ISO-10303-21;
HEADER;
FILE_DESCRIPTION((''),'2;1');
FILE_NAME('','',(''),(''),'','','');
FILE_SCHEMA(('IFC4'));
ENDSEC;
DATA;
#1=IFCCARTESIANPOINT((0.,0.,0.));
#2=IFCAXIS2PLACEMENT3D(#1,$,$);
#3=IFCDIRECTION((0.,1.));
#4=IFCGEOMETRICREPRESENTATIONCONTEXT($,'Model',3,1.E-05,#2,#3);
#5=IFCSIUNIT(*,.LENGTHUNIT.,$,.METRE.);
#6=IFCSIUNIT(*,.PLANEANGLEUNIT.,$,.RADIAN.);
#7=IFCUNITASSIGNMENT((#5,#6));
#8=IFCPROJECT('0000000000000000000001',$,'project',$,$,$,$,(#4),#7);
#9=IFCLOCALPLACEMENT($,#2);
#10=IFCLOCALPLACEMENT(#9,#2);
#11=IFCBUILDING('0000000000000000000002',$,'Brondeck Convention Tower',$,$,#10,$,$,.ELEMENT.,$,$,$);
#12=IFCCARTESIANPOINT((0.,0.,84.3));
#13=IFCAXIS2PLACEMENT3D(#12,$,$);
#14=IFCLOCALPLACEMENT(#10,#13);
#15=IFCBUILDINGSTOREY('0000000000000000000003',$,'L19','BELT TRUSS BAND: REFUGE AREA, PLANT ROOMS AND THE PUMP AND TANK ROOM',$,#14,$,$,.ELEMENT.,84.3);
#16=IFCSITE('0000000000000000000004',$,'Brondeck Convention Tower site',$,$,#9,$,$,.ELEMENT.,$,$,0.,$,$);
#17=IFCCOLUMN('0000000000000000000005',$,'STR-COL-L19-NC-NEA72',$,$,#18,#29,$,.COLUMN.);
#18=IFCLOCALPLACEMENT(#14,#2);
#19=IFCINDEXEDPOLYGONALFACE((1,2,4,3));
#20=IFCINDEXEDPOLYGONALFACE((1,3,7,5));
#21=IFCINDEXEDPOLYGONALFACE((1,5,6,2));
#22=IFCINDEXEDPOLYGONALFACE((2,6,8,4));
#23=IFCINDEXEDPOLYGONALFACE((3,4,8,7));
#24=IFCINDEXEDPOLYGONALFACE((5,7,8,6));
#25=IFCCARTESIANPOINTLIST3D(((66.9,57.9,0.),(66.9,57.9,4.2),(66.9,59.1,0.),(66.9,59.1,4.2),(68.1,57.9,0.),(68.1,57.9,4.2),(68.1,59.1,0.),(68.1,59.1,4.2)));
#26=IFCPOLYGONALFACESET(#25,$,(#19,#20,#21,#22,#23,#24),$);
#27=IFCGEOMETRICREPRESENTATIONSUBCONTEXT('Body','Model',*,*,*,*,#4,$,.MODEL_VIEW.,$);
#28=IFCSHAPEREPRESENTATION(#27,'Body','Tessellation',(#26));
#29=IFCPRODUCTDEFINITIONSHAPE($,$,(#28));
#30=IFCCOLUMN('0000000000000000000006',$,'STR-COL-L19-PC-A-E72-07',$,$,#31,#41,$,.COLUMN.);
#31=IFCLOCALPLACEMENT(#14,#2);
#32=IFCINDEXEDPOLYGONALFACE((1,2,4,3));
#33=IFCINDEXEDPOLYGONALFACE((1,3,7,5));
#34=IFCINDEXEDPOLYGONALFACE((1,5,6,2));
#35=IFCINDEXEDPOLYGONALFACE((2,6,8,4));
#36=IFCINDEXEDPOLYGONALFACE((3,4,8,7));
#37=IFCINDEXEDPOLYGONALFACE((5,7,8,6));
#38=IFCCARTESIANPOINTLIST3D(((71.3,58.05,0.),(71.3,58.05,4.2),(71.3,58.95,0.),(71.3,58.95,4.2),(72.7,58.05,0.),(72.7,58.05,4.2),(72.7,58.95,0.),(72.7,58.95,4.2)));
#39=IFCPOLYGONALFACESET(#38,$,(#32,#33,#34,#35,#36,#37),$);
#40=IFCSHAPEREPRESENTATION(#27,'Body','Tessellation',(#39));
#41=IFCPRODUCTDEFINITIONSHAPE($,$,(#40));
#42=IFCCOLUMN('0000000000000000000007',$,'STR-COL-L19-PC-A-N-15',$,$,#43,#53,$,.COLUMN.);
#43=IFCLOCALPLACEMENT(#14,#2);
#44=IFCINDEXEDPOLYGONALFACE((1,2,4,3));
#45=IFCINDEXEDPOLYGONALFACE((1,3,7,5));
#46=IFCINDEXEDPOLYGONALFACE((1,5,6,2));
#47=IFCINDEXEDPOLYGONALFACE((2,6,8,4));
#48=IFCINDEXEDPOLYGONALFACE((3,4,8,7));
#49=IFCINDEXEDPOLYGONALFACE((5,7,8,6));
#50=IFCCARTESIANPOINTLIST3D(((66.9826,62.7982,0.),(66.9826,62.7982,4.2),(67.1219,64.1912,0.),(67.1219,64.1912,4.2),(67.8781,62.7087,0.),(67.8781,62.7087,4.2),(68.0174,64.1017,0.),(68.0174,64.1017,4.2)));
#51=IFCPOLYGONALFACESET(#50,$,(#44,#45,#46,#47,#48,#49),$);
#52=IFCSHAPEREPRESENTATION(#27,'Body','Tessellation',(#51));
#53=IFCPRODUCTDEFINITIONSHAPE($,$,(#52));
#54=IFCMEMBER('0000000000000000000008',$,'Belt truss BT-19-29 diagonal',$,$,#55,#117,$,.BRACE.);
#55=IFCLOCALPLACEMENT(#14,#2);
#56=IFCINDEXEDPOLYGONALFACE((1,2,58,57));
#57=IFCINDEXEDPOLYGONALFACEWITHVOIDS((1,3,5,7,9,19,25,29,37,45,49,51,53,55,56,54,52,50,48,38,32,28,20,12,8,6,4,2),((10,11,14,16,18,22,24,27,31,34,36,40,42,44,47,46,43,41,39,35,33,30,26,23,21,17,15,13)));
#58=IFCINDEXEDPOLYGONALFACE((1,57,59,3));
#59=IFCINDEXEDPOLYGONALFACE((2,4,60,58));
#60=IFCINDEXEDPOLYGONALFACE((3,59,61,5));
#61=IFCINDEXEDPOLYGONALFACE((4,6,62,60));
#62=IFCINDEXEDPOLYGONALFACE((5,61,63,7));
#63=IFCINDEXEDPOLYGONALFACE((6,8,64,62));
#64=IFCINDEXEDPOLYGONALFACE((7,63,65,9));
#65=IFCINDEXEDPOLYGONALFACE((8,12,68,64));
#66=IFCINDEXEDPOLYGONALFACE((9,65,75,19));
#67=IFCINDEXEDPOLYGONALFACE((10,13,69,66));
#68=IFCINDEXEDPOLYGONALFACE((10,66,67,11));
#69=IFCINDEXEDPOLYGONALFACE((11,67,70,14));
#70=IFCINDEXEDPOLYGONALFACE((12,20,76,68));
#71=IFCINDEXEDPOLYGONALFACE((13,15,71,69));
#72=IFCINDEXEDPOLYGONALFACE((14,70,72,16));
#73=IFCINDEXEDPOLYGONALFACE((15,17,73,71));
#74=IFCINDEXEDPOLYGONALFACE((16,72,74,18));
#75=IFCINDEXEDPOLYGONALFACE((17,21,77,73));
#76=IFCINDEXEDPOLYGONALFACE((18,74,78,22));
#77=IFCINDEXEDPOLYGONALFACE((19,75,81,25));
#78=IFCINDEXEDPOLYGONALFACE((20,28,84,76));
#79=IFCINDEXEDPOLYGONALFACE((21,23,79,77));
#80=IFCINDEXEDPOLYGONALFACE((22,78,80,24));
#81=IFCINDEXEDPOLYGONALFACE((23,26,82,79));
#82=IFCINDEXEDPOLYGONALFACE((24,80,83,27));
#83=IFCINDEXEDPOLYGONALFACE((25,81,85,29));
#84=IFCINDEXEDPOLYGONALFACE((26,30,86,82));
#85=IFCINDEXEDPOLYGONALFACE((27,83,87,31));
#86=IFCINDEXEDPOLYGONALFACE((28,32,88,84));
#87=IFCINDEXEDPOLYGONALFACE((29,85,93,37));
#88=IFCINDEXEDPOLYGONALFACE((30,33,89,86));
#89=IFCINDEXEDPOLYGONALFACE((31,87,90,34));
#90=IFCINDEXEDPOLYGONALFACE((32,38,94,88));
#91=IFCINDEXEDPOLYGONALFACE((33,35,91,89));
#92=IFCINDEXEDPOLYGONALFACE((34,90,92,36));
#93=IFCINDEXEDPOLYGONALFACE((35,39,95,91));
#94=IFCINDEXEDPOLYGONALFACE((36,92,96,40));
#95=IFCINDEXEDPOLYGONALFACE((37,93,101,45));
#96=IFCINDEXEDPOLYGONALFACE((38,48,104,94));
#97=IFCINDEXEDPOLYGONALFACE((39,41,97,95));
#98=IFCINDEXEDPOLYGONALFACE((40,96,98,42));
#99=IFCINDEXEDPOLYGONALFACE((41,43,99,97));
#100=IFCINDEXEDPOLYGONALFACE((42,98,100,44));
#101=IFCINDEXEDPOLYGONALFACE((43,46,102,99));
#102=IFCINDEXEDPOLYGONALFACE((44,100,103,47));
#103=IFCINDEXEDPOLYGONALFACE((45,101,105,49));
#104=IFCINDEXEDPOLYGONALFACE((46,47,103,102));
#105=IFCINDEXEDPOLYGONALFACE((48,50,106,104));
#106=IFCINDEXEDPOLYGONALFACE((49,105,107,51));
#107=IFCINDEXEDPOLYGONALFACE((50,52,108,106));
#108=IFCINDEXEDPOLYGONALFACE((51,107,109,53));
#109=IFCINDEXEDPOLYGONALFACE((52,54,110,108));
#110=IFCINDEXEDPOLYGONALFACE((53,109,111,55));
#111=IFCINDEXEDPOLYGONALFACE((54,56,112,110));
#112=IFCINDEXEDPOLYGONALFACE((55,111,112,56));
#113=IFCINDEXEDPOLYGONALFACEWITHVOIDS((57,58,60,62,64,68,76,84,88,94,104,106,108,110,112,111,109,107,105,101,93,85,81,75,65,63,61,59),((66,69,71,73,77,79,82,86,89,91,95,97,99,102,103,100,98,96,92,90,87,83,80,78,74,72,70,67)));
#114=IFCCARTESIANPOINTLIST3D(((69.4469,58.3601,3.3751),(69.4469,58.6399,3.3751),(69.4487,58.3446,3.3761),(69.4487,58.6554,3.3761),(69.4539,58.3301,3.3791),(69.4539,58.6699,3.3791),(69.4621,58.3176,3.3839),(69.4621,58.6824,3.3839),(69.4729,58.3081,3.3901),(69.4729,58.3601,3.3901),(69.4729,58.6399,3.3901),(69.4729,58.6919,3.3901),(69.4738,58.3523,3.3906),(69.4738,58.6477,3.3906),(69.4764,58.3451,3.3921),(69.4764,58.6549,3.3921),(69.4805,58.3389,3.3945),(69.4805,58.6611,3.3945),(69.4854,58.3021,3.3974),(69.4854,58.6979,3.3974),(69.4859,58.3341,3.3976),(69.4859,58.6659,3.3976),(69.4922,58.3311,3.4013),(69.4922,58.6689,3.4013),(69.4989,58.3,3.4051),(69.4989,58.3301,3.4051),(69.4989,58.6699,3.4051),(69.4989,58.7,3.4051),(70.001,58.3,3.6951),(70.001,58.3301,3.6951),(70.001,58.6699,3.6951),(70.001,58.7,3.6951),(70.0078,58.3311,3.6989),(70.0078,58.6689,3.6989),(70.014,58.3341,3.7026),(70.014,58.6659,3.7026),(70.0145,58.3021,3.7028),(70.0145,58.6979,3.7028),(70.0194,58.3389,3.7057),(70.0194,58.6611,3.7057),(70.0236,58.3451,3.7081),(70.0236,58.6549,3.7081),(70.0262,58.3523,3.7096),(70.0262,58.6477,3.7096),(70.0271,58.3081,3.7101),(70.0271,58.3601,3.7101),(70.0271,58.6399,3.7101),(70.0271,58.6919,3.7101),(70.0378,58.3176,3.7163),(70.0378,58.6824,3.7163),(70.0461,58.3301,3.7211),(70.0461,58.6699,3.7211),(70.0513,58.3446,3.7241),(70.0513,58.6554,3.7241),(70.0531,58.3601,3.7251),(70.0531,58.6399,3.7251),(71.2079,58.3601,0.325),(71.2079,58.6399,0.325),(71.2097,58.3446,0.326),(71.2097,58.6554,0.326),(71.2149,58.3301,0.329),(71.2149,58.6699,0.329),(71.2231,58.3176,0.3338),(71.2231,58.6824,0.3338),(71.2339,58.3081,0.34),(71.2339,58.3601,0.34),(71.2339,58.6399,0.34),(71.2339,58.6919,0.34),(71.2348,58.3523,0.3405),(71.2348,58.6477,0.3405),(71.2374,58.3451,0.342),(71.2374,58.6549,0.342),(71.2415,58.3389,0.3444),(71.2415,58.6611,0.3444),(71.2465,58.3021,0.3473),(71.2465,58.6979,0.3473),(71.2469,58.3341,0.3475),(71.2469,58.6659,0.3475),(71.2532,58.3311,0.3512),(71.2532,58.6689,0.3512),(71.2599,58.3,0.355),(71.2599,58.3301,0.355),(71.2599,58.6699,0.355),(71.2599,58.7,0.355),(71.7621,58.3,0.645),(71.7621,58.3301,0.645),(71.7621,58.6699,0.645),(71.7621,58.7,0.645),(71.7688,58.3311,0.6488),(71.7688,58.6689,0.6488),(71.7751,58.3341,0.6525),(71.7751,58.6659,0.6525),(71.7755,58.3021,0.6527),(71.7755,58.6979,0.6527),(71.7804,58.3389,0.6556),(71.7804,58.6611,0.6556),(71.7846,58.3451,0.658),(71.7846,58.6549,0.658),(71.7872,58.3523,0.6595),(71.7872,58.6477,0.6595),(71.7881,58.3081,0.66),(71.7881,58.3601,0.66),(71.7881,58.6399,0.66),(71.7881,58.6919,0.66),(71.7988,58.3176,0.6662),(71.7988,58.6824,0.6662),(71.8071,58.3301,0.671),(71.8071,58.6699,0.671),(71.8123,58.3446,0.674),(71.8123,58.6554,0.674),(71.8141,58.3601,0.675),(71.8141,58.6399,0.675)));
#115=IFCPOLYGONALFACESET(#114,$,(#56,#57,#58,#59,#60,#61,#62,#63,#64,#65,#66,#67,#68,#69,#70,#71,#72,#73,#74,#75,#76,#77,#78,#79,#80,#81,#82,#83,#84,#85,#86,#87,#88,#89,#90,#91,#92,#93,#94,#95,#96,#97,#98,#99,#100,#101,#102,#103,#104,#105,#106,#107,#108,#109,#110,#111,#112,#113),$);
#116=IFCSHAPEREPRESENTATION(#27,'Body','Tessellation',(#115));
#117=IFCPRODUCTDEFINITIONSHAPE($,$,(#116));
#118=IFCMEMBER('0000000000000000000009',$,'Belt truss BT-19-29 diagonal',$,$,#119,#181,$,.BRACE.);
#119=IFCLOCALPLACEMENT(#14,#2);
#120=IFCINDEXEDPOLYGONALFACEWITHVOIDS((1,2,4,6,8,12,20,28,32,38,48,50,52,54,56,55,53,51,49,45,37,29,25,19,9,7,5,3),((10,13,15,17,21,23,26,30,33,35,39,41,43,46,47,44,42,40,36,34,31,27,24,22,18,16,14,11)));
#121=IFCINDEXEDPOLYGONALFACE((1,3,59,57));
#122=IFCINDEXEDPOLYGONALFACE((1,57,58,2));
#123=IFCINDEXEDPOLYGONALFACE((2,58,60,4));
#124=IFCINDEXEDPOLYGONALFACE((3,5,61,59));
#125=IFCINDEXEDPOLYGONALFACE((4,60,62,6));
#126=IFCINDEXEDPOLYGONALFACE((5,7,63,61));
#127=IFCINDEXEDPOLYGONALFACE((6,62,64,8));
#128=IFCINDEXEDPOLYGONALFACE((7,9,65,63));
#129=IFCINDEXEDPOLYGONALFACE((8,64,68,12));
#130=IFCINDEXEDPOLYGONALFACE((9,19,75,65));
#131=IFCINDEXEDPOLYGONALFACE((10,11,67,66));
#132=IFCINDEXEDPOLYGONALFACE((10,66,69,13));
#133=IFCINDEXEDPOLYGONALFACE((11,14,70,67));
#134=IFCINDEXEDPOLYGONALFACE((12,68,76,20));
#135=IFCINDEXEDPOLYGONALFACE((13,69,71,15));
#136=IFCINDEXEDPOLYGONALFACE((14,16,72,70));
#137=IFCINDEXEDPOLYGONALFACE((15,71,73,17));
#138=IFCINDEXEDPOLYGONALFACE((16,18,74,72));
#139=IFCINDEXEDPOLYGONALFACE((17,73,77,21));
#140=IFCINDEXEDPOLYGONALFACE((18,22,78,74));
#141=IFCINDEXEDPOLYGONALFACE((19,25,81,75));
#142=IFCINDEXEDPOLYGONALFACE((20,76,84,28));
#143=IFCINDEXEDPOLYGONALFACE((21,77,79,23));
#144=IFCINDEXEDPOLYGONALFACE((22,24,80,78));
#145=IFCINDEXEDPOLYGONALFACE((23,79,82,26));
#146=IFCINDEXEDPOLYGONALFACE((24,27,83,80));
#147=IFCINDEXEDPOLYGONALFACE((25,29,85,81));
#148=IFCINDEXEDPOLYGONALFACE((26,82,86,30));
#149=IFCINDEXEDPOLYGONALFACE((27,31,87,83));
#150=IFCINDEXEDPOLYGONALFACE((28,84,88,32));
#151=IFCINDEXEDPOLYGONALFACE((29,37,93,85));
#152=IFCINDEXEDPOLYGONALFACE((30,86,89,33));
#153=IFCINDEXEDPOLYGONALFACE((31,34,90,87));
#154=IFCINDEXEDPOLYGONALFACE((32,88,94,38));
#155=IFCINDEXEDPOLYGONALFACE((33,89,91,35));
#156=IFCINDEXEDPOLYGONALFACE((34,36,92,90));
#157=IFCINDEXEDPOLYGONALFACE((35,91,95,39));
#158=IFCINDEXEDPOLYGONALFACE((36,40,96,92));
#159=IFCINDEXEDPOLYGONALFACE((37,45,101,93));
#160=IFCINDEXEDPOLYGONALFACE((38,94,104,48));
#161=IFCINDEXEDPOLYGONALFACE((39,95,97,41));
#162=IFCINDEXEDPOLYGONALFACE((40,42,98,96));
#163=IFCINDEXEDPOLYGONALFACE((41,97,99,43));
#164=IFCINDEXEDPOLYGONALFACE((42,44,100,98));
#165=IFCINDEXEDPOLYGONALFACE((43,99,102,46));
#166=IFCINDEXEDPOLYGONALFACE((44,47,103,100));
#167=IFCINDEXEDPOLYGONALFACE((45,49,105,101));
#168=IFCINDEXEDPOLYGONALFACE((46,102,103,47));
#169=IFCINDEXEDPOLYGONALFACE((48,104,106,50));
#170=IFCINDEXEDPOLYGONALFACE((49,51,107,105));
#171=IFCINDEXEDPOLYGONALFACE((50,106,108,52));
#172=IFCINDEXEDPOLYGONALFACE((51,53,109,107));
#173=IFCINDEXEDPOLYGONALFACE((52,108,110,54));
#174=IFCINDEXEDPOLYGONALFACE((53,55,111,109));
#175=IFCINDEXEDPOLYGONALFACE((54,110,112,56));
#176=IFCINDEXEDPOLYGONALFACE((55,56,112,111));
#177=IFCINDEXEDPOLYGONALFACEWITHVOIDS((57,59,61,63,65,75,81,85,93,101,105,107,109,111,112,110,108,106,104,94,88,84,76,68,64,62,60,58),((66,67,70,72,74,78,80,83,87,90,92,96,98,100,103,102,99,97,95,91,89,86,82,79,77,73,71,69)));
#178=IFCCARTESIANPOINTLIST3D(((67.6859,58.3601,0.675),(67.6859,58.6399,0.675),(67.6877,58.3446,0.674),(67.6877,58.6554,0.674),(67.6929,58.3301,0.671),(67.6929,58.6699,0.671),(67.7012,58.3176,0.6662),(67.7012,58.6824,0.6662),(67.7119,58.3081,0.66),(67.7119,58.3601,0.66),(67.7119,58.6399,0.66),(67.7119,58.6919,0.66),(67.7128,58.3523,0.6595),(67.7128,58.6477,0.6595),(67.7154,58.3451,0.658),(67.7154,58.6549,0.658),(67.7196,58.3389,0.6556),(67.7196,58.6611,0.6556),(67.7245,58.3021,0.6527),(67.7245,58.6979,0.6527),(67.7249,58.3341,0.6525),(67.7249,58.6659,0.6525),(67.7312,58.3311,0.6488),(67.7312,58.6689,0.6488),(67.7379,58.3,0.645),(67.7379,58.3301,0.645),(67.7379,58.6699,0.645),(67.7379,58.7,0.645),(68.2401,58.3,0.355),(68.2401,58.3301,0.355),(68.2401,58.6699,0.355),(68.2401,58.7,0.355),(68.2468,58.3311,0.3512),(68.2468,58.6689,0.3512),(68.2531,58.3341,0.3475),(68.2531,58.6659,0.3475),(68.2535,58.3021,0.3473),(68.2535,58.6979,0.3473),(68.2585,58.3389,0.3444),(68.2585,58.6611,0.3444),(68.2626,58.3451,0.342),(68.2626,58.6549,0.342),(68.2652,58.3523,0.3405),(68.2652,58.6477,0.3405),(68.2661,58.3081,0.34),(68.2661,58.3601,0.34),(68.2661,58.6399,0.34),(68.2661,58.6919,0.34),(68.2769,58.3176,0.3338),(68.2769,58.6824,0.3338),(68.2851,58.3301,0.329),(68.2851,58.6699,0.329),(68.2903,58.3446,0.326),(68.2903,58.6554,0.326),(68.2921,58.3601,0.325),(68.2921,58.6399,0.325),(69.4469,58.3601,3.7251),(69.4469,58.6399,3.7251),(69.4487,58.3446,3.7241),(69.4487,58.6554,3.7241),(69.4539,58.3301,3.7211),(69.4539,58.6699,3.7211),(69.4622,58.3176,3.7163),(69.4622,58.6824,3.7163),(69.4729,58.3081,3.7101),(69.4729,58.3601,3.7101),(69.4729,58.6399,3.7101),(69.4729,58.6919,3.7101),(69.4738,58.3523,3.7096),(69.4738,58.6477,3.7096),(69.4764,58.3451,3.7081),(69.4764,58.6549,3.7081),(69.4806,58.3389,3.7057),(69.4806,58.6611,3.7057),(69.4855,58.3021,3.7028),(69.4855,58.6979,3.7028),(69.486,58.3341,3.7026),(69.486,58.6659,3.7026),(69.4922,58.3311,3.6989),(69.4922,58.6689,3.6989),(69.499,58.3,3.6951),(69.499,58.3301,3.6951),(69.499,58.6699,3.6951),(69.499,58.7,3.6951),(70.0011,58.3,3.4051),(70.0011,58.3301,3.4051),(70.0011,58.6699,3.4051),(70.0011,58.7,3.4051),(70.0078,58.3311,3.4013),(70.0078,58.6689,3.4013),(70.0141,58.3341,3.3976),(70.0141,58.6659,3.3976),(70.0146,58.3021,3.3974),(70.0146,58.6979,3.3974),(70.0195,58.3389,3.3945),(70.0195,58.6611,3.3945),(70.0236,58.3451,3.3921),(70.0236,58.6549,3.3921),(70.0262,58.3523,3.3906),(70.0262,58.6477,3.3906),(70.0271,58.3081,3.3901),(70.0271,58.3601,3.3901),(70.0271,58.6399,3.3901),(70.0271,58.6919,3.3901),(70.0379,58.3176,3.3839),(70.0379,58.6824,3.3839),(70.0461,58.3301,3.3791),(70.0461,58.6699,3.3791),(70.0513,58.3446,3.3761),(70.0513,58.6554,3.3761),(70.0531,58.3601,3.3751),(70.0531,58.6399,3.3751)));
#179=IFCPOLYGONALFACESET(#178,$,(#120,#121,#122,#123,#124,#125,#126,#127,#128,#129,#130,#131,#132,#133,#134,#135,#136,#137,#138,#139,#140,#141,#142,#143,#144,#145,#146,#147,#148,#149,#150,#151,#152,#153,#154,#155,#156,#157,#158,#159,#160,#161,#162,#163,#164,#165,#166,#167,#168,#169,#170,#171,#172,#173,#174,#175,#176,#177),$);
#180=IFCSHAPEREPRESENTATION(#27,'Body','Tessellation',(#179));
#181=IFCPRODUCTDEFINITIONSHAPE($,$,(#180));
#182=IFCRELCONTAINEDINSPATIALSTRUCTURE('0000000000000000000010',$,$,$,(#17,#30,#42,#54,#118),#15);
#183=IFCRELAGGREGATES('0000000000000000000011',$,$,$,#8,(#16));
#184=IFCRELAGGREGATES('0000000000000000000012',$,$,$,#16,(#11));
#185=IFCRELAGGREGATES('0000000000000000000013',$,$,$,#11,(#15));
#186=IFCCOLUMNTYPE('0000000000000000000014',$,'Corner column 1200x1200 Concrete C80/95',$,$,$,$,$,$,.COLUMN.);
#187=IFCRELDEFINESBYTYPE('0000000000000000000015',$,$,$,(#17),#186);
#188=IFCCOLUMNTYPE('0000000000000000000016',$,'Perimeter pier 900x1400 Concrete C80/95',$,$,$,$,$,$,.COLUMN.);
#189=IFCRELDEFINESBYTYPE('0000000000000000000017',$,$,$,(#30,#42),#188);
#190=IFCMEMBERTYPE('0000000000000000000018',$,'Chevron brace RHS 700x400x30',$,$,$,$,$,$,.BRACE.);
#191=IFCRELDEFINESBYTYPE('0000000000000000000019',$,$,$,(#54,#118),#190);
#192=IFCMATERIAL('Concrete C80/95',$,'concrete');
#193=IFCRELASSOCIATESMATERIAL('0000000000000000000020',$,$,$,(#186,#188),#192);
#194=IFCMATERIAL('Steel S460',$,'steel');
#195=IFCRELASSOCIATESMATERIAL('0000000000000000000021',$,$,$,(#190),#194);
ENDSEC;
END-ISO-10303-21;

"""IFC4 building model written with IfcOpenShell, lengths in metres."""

from ifc_helpers import new_model, si_unit, direction, frame, origin, origin_2d, place, context, subcontext, project, spatial, rectangle, hollow_rectangle, extrude, material, material_profile, profile_set, type_object, element, save


model = new_model("IFC4")

# Units and contexts
model_context = context("Model", 3, precision=1e-05, world=origin(), true_north=direction((0.0, 1.0)))
body_context = subcontext(model_context, "Body", "Model", "MODEL_VIEW")
ifc_project = project(units=[si_unit("LENGTHUNIT", "METRE"), si_unit("PLANEANGLEUNIT", "RADIAN")], contexts=[model_context])

# Site, building, storey
site_placement = place(None, origin())
site = spatial("IfcSite", under=ifc_project, at=site_placement, Name="Brondeck Convention Tower site", CompositionType="ELEMENT", RefElevation=0.0)
building_placement = place(site_placement, origin())
building = spatial("IfcBuilding", under=site, at=building_placement, Name="Brondeck Convention Tower", CompositionType="ELEMENT")
storey_placement = place(building_placement, frame((0.0, 0.0, 84.3)))
storey = spatial("IfcBuildingStorey", under=building, at=storey_placement, Name="L19", Description="BELT TRUSS BAND: REFUGE AREA, PLANT ROOMS AND THE PUMP AND TANK ROOM", CompositionType="ELEMENT", Elevation=84.3)

# Columns
ifc_material_1 = material(Name="Concrete C80/95", Category="concrete")
ifc_material_profile_1 = material_profile(ifc_material_1, rectangle(XDim=1.2, YDim=1.2, at=origin_2d()), Name="Corner column 1200x1200 Concrete C80/95")
ifc_profile_set_1 = profile_set([ifc_material_profile_1], Name="Concrete C80/95")
column_type_1 = type_object("IfcColumnType", Name="Corner column 1200x1200 Concrete C80/95", PredefinedType="COLUMN", material=ifc_profile_set_1)
column_placement = place(storey_placement, frame((67.5, 58.5, 0.0), z_axis=(0.0, 0.0, 1.0), x_axis=(1.0, 0.0, 0.0)))
element("IfcColumn", 1, at=column_placement, inside=storey, type_object=column_type_1, Name="STR-COL-L19-NC-NEA72", PredefinedType="COLUMN", context=body_context, shape_type="SweptSolid", body=[
    extrude(rectangle(XDim=1.2, YDim=1.2, at=origin_2d()), origin(), (0.0, 0.0, 1.0), 4.2),
])
ifc_material_profile_2 = material_profile(ifc_material_1, rectangle(XDim=0.8999, YDim=1.3999, at=origin_2d()), Name="Perimeter pier 900x1400 Concrete C80/95")
ifc_profile_set_2 = profile_set([ifc_material_profile_2], Name="Concrete C80/95")
column_type_2 = type_object("IfcColumnType", Name="Perimeter pier 900x1400 Concrete C80/95", PredefinedType="COLUMN", material=ifc_profile_set_2)
for number, where, z_axis, x_axis, name in (
    (2, (72.0, 58.5, 0.0), (0.0, 0.0, 1.0), (0.0, 1.0, 0.0), "STR-COL-L19-PC-A-E72-07"),
    (3, (67.5, 63.45, 0.0), (0.0, 0.0, 1.0), (-0.995037, 0.099504, 0.0), "STR-COL-L19-PC-A-N-15"),
):
    element("IfcColumn", number, at=place(storey_placement, frame(where, z_axis=z_axis, x_axis=x_axis)), inside=storey, type_object=column_type_2, Name=name, PredefinedType="COLUMN", context=body_context, shape_type="SweptSolid", body=[
        extrude(rectangle(XDim=0.8999, YDim=1.3999, at=origin_2d()), origin(), (0.0, 0.0, 1.0), 4.2),
    ])

# Members
ifc_material_2 = material(Name="Steel S460", Category="steel")
ifc_material_profile_3 = material_profile(ifc_material_2, hollow_rectangle(XDim=0.3999, YDim=0.7, WallThickness=0.03, InnerFilletRadius=0.03, OuterFilletRadius=0.0601, at=origin_2d()), Name="RHS 700x400x30")
ifc_profile_set_3 = profile_set([ifc_material_profile_3], Name="Steel S460")
member_type_1 = type_object("IfcMemberType", Name="Chevron brace RHS 700x400x30", PredefinedType="BRACE", material=ifc_profile_set_3)
for number, where, z_axis, x_axis, name in (
    (4, (71.511, 58.5, 0.5), (-0.500008, 0.0, 0.866021), (0.0, -1.0, 0.0), "Belt truss BT-19-29 diagonal"),
    (5, (67.989, 58.5, 0.5), (0.500008, 0.0, 0.866021), (0.0, 1.0, 0.0), "Belt truss BT-19-29 diagonal"),
):
    element("IfcMember", number, at=place(storey_placement, frame(where, z_axis=z_axis, x_axis=x_axis)), inside=storey, type_object=member_type_1, Name=name, PredefinedType="BRACE", context=body_context, shape_type="SweptSolid", body=[
        extrude(hollow_rectangle(XDim=0.3999, YDim=0.7, WallThickness=0.03, InnerFilletRadius=0.03, OuterFilletRadius=0.0601, at=origin_2d()), origin(), (0.0, 0.0, 1.0), 3.522),
    ])

save(model, "model.ifc")
